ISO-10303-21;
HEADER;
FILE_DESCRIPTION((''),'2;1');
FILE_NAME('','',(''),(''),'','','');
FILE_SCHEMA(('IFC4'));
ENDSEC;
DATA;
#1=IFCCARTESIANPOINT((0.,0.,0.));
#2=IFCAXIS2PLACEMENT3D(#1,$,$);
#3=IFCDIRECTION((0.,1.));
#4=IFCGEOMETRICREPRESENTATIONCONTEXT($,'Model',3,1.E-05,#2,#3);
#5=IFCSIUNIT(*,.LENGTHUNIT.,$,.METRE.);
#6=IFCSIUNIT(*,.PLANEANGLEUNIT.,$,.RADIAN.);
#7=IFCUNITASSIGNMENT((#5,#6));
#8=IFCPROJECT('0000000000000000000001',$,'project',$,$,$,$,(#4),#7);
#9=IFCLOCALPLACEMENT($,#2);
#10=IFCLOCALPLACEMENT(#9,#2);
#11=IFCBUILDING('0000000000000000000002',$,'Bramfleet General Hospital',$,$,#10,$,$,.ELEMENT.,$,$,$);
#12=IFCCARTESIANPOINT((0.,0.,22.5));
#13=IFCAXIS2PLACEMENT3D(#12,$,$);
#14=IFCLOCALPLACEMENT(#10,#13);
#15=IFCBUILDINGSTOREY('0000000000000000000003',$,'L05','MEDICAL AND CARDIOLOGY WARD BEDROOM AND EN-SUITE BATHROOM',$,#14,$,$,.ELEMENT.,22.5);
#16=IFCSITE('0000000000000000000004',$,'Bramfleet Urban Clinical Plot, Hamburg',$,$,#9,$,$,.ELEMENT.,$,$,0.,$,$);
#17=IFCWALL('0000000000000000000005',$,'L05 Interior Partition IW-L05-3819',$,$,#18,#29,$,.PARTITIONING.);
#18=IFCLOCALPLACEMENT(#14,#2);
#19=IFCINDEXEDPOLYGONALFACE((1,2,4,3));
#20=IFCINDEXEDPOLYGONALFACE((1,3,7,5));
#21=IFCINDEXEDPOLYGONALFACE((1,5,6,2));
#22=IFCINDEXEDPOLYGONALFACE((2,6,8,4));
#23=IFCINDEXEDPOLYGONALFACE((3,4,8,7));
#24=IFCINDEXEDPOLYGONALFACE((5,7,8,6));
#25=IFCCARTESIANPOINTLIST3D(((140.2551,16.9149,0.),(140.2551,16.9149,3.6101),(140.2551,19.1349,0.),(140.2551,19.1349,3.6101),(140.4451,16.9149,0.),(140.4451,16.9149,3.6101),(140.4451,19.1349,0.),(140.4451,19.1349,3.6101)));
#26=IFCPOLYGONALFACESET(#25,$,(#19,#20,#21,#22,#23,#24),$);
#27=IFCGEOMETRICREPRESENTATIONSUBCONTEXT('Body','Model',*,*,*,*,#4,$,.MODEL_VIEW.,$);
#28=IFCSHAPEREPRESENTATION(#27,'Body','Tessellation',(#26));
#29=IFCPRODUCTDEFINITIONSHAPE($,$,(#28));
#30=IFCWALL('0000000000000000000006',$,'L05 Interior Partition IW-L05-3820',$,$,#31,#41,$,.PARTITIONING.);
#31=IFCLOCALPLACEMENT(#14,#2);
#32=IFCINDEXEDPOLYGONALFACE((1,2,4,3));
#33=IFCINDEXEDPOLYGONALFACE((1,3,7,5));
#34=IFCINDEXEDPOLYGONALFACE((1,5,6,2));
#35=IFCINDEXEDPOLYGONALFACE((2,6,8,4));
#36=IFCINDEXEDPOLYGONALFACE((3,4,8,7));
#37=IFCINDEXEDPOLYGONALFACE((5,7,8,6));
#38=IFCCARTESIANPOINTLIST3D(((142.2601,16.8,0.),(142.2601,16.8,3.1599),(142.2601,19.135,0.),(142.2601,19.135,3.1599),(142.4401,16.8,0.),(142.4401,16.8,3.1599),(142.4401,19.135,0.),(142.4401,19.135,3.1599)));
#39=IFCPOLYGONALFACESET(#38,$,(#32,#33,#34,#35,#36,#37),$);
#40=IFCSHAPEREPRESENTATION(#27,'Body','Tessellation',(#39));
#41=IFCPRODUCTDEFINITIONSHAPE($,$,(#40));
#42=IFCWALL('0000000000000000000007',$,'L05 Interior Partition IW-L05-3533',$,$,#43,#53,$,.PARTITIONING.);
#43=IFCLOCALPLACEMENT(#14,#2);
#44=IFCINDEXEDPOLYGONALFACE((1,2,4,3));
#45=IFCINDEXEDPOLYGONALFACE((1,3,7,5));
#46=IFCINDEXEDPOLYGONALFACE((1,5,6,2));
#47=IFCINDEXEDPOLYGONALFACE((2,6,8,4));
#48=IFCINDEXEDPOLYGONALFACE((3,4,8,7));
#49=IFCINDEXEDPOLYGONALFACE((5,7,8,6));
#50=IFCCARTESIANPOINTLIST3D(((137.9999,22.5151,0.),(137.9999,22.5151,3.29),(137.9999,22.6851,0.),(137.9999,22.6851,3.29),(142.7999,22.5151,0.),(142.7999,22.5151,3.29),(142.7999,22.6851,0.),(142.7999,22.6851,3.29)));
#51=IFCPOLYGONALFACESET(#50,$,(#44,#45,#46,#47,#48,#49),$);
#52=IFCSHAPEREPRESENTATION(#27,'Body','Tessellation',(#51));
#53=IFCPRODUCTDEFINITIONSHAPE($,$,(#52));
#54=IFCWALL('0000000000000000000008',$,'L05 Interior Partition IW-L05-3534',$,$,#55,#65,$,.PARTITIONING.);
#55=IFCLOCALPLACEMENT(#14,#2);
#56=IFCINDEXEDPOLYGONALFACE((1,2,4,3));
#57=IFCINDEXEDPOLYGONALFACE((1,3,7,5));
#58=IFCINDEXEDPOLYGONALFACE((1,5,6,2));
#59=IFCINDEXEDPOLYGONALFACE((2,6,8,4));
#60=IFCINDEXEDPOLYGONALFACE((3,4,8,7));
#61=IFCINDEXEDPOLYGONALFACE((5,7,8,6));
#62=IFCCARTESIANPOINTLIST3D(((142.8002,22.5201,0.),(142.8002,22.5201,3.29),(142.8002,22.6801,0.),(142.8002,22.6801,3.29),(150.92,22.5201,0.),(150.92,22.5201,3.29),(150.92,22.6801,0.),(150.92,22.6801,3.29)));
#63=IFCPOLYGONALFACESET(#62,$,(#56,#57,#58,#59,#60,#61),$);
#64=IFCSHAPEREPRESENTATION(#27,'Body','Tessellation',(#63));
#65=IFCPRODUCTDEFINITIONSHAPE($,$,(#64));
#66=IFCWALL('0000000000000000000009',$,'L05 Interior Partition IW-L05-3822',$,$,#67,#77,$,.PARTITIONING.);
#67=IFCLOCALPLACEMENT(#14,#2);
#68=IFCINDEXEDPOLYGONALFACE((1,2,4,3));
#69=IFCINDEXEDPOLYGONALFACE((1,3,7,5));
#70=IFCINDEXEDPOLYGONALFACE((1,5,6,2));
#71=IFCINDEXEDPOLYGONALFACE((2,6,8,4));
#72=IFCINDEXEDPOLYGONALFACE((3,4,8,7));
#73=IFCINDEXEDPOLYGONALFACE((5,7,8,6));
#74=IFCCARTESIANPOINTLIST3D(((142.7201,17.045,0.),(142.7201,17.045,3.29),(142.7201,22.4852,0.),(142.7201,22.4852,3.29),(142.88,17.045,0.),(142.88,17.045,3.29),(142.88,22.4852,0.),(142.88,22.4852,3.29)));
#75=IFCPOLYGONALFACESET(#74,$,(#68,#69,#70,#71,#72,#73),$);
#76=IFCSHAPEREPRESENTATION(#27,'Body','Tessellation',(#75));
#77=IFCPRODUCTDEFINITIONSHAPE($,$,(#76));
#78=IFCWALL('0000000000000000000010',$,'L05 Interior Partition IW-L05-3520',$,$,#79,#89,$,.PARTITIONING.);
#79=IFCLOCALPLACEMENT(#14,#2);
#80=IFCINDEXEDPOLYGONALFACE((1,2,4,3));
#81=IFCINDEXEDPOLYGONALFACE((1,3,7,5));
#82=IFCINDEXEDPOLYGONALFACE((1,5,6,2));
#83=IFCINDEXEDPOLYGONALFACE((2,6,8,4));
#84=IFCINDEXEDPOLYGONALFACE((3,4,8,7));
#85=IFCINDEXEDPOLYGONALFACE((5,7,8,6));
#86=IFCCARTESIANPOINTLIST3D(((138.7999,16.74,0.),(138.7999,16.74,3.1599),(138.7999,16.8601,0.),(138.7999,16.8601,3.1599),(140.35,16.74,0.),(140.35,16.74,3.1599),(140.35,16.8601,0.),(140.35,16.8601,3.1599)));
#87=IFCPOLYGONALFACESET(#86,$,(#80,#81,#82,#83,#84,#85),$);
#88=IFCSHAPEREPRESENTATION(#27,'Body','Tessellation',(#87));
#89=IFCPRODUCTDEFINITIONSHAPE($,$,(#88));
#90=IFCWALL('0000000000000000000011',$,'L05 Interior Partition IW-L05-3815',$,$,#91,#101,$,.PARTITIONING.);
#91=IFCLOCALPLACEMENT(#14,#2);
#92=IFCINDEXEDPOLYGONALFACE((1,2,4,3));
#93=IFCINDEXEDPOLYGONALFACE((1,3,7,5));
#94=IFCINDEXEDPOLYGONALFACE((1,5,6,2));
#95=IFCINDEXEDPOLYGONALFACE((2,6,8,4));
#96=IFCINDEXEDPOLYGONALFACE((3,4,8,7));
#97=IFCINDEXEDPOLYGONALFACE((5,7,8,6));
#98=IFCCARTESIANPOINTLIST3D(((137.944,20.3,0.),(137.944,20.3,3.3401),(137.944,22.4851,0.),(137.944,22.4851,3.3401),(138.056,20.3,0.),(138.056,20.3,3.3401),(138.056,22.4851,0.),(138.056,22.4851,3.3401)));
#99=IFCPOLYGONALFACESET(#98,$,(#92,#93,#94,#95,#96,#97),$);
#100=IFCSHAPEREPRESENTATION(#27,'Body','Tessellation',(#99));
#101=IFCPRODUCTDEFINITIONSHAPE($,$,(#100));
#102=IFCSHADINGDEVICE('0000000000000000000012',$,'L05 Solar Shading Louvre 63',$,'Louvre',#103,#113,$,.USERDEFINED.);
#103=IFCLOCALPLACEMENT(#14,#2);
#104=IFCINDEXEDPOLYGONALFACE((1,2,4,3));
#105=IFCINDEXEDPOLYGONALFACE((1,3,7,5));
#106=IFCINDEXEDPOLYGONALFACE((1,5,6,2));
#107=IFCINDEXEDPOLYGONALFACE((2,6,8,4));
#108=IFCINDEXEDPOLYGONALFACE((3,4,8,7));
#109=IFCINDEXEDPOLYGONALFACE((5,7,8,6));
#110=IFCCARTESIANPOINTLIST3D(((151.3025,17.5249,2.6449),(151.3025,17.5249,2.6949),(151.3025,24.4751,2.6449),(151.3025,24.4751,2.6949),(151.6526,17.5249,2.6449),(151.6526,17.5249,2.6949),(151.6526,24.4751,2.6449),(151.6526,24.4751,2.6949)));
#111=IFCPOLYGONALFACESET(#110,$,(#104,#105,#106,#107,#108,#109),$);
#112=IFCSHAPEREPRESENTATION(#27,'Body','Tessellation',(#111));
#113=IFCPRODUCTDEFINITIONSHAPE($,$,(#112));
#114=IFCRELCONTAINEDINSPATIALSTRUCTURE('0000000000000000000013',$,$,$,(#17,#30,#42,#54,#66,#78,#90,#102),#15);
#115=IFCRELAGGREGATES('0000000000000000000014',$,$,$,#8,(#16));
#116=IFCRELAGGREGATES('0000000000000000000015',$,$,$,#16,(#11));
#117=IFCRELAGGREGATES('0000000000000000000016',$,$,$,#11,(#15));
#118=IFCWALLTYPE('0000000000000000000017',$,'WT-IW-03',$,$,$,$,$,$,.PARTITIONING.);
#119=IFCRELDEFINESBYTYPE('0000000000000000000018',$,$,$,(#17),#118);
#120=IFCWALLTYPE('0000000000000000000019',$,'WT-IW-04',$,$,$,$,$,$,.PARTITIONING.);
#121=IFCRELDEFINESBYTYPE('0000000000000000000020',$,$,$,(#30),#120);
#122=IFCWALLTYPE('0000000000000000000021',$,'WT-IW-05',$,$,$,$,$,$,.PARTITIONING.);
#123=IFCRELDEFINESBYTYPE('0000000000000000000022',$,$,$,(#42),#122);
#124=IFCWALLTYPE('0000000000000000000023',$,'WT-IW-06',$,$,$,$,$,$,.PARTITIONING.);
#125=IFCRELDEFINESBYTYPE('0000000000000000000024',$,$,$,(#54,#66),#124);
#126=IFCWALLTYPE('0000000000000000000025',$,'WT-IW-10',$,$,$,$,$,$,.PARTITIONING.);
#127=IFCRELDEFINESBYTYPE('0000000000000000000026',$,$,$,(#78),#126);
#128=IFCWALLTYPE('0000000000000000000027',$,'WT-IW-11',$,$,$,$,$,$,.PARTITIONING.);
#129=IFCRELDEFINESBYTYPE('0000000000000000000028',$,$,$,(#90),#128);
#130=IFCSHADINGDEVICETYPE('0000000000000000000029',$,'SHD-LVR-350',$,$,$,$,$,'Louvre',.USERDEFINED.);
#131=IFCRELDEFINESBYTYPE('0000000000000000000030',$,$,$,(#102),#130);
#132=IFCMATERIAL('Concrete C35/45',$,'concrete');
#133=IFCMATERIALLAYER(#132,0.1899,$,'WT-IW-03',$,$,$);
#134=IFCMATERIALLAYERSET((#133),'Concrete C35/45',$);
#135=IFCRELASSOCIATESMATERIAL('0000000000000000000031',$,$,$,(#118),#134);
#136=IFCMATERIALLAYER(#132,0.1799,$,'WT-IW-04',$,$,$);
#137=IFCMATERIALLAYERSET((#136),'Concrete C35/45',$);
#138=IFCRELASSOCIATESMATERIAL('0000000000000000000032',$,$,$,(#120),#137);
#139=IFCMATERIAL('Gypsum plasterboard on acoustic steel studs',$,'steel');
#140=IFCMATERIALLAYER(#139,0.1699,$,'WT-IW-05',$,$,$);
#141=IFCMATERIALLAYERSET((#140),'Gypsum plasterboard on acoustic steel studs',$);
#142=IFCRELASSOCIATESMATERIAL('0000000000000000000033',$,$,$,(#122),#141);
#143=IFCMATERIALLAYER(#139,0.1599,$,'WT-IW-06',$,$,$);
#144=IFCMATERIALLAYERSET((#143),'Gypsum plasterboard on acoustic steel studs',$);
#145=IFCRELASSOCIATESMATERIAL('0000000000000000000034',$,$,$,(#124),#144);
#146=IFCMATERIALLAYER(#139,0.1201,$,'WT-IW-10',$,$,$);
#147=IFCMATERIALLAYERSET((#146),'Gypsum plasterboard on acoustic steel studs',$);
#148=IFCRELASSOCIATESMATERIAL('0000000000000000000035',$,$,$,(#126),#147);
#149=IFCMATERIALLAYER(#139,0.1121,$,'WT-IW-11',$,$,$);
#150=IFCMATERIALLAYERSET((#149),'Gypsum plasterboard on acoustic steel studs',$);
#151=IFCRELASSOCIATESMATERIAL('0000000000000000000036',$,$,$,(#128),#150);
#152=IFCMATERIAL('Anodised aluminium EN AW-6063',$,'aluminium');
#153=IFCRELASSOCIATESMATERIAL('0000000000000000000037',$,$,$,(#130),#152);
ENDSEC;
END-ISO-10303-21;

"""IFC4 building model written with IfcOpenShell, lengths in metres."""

from ifc_helpers import new_model, si_unit, direction, frame, frame_2d, origin, origin_2d, place, context, subcontext, project, spatial, rectangle, extrude, material, layer, layer_set, material_profile, profile_set, type_object, element, save


model = new_model("IFC4")

# Units and contexts
model_context = context("Model", 3, precision=1e-05, world=origin(), true_north=direction((0.0, 1.0)))
body_context = subcontext(model_context, "Body", "Model", "MODEL_VIEW")
ifc_project = project(units=[si_unit("LENGTHUNIT", "METRE"), si_unit("PLANEANGLEUNIT", "RADIAN")], contexts=[model_context])

# Site, building, storey
site_placement = place(None, origin())
site = spatial("IfcSite", under=ifc_project, at=site_placement, Name="Bramfleet Urban Clinical Plot, Hamburg", CompositionType="ELEMENT", RefElevation=0.0)
building_placement = place(site_placement, origin())
building = spatial("IfcBuilding", under=site, at=building_placement, Name="Bramfleet General Hospital", CompositionType="ELEMENT")
storey_placement = place(building_placement, frame((0.0, 0.0, 22.5)))
storey = spatial("IfcBuildingStorey", under=building, at=storey_placement, Name="L05", Description="MEDICAL AND CARDIOLOGY WARD BEDROOM AND EN-SUITE BATHROOM", CompositionType="ELEMENT", Elevation=22.5)

# Walls
ifc_material_1 = material(Name="Concrete C35/45", Category="concrete")
ifc_layer_1 = layer(ifc_material_1, 0.1899, Name="WT-IW-03")
ifc_layer_set_1 = layer_set([ifc_layer_1], Name="Concrete C35/45")
wall_type_1 = type_object("IfcWallType", Name="WT-IW-03", PredefinedType="PARTITIONING", material=ifc_layer_set_1)
wall_1_placement = place(storey_placement, frame((140.3501, 16.915, 0.0), z_axis=(0.0, 0.0, 1.0), x_axis=(0.0, 1.0, 0.0)))
element("IfcWall", 1, at=wall_1_placement, inside=storey, type_object=wall_type_1, Name="L05 Interior Partition IW-L05-3819", PredefinedType="PARTITIONING", context=body_context, shape_type="SweptSolid", body=[
    extrude(rectangle(XDim=2.22, YDim=0.1899, at=frame_2d((1.1099, 0.0))), origin(), (0.0, 0.0, 1.0), 3.6101),
])
ifc_layer_2 = layer(ifc_material_1, 0.1799, Name="WT-IW-04")
ifc_layer_set_2 = layer_set([ifc_layer_2], Name="Concrete C35/45")
wall_type_2 = type_object("IfcWallType", Name="WT-IW-04", PredefinedType="PARTITIONING", material=ifc_layer_set_2)
wall_2_placement = place(storey_placement, frame((142.3501, 16.8, 0.0), z_axis=(0.0, 0.0, 1.0), x_axis=(0.0, 1.0, 0.0)))
element("IfcWall", 2, at=wall_2_placement, inside=storey, type_object=wall_type_2, Name="L05 Interior Partition IW-L05-3820", PredefinedType="PARTITIONING", context=body_context, shape_type="SweptSolid", body=[
    extrude(rectangle(XDim=2.335, YDim=0.1799, at=frame_2d((1.1675, 0.0))), origin(), (0.0, 0.0, 1.0), 3.1599),
])

# Shared definitions
ifc_material_2 = material(Name="Gypsum plasterboard on acoustic steel studs", Category="steel")
ifc_layer_3 = layer(ifc_material_2, 0.1699, Name="WT-IW-05")
ifc_layer_set_3 = layer_set([ifc_layer_3], Name="Gypsum plasterboard on acoustic steel studs")
wall_type_3 = type_object("IfcWallType", Name="WT-IW-05", PredefinedType="PARTITIONING", material=ifc_layer_set_3)

# Wall
wall_3_placement = place(storey_placement, frame((138.0, 22.6001, 0.0), z_axis=(0.0, 0.0, 1.0), x_axis=(1.0, 0.0, 0.0)))
element("IfcWall", 3, at=wall_3_placement, inside=storey, type_object=wall_type_3, Name="L05 Interior Partition IW-L05-3533", PredefinedType="PARTITIONING", context=body_context, shape_type="SweptSolid", body=[
    extrude(rectangle(XDim=4.8, YDim=0.1699, at=frame_2d((2.3999, 0.0))), origin(), (0.0, 0.0, 1.0), 3.29),
])

# Shared definitions
ifc_layer_4 = layer(ifc_material_2, 0.1599, Name="WT-IW-06")
ifc_layer_set_4 = layer_set([ifc_layer_4], Name="Gypsum plasterboard on acoustic steel studs")
wall_type_4 = type_object("IfcWallType", Name="WT-IW-06", PredefinedType="PARTITIONING", material=ifc_layer_set_4)

# Walls
wall_4_placement = place(storey_placement, frame((142.8, 22.6001, 0.0), z_axis=(0.0, 0.0, 1.0), x_axis=(1.0, 0.0, 0.0)))
element("IfcWall", 4, at=wall_4_placement, inside=storey, type_object=wall_type_4, Name="L05 Interior Partition IW-L05-3534", PredefinedType="PARTITIONING", context=body_context, shape_type="SweptSolid", body=[
    extrude(rectangle(XDim=8.1199, YDim=0.1599, at=frame_2d((4.0601, 0.0))), origin(), (0.0, 0.0, 1.0), 3.29),
])
wall_5_placement = place(storey_placement, frame((142.8, 17.0449, 0.0), z_axis=(0.0, 0.0, 1.0), x_axis=(0.0, 1.0, 0.0)))
element("IfcWall", 5, at=wall_5_placement, inside=storey, type_object=wall_type_4, Name="L05 Interior Partition IW-L05-3822", PredefinedType="PARTITIONING", context=body_context, shape_type="SweptSolid", body=[
    extrude(rectangle(XDim=5.4402, YDim=0.1599, at=frame_2d((2.7202, 0.0))), origin(), (0.0, 0.0, 1.0), 3.29),
])
ifc_layer_5 = layer(ifc_material_2, 0.1201, Name="WT-IW-10")
ifc_layer_set_5 = layer_set([ifc_layer_5], Name="Gypsum plasterboard on acoustic steel studs")
wall_type_5 = type_object("IfcWallType", Name="WT-IW-10", PredefinedType="PARTITIONING", material=ifc_layer_set_5)
wall_6_placement = place(storey_placement, frame((138.8, 16.8, 0.0), z_axis=(0.0, 0.0, 1.0), x_axis=(1.0, 0.0, 0.0)))
element("IfcWall", 6, at=wall_6_placement, inside=storey, type_object=wall_type_5, Name="L05 Interior Partition IW-L05-3520", PredefinedType="PARTITIONING", context=body_context, shape_type="SweptSolid", body=[
    extrude(rectangle(XDim=1.55, YDim=0.1201, at=frame_2d((0.7749, 0.0))), origin(), (0.0, 0.0, 1.0), 3.1599),
])
ifc_layer_6 = layer(ifc_material_2, 0.1121, Name="WT-IW-11")
ifc_layer_set_6 = layer_set([ifc_layer_6], Name="Gypsum plasterboard on acoustic steel studs")
wall_type_6 = type_object("IfcWallType", Name="WT-IW-11", PredefinedType="PARTITIONING", material=ifc_layer_set_6)
wall_7_placement = place(storey_placement, frame((138.0, 20.3, 0.0), z_axis=(0.0, 0.0, 1.0), x_axis=(0.0, 1.0, 0.0)))
element("IfcWall", 7, at=wall_7_placement, inside=storey, type_object=wall_type_6, Name="L05 Interior Partition IW-L05-3815", PredefinedType="PARTITIONING", context=body_context, shape_type="SweptSolid", body=[
    extrude(rectangle(XDim=2.1851, YDim=0.1121, at=frame_2d((1.0925, 0.0))), origin(), (0.0, 0.0, 1.0), 3.3401),
])

# Shading device
ifc_material_3 = material(Name="Anodised aluminium EN AW-6063", Category="aluminium")
ifc_material_profile_1 = material_profile(ifc_material_3, rectangle(XDim=0.05, YDim=0.3501, at=origin_2d()), Name="ALU LOUVRE 350x50")
ifc_profile_set_1 = profile_set([ifc_material_profile_1], Name="Anodised aluminium EN AW-6063")
shading_device_type = type_object("IfcShadingDeviceType", Name="SHD-LVR-350", ElementType="Louvre", PredefinedType="USERDEFINED", material=ifc_profile_set_1)
shading_device_placement = place(storey_placement, frame((151.4775, 24.4751, 2.6699), z_axis=(0.0, -1.0, 0.0), x_axis=(0.0, 0.0, 1.0)))
element("IfcShadingDevice", 8, at=shading_device_placement, inside=storey, type_object=shading_device_type, Name="L05 Solar Shading Louvre 63", ObjectType="Louvre", PredefinedType="USERDEFINED", context=body_context, shape_type="SweptSolid", body=[
    extrude(rectangle(XDim=0.05, YDim=0.3501, at=origin_2d()), origin(), (0.0, 0.0, 1.0), 6.9502),
])

save(model, "model.ifc")
